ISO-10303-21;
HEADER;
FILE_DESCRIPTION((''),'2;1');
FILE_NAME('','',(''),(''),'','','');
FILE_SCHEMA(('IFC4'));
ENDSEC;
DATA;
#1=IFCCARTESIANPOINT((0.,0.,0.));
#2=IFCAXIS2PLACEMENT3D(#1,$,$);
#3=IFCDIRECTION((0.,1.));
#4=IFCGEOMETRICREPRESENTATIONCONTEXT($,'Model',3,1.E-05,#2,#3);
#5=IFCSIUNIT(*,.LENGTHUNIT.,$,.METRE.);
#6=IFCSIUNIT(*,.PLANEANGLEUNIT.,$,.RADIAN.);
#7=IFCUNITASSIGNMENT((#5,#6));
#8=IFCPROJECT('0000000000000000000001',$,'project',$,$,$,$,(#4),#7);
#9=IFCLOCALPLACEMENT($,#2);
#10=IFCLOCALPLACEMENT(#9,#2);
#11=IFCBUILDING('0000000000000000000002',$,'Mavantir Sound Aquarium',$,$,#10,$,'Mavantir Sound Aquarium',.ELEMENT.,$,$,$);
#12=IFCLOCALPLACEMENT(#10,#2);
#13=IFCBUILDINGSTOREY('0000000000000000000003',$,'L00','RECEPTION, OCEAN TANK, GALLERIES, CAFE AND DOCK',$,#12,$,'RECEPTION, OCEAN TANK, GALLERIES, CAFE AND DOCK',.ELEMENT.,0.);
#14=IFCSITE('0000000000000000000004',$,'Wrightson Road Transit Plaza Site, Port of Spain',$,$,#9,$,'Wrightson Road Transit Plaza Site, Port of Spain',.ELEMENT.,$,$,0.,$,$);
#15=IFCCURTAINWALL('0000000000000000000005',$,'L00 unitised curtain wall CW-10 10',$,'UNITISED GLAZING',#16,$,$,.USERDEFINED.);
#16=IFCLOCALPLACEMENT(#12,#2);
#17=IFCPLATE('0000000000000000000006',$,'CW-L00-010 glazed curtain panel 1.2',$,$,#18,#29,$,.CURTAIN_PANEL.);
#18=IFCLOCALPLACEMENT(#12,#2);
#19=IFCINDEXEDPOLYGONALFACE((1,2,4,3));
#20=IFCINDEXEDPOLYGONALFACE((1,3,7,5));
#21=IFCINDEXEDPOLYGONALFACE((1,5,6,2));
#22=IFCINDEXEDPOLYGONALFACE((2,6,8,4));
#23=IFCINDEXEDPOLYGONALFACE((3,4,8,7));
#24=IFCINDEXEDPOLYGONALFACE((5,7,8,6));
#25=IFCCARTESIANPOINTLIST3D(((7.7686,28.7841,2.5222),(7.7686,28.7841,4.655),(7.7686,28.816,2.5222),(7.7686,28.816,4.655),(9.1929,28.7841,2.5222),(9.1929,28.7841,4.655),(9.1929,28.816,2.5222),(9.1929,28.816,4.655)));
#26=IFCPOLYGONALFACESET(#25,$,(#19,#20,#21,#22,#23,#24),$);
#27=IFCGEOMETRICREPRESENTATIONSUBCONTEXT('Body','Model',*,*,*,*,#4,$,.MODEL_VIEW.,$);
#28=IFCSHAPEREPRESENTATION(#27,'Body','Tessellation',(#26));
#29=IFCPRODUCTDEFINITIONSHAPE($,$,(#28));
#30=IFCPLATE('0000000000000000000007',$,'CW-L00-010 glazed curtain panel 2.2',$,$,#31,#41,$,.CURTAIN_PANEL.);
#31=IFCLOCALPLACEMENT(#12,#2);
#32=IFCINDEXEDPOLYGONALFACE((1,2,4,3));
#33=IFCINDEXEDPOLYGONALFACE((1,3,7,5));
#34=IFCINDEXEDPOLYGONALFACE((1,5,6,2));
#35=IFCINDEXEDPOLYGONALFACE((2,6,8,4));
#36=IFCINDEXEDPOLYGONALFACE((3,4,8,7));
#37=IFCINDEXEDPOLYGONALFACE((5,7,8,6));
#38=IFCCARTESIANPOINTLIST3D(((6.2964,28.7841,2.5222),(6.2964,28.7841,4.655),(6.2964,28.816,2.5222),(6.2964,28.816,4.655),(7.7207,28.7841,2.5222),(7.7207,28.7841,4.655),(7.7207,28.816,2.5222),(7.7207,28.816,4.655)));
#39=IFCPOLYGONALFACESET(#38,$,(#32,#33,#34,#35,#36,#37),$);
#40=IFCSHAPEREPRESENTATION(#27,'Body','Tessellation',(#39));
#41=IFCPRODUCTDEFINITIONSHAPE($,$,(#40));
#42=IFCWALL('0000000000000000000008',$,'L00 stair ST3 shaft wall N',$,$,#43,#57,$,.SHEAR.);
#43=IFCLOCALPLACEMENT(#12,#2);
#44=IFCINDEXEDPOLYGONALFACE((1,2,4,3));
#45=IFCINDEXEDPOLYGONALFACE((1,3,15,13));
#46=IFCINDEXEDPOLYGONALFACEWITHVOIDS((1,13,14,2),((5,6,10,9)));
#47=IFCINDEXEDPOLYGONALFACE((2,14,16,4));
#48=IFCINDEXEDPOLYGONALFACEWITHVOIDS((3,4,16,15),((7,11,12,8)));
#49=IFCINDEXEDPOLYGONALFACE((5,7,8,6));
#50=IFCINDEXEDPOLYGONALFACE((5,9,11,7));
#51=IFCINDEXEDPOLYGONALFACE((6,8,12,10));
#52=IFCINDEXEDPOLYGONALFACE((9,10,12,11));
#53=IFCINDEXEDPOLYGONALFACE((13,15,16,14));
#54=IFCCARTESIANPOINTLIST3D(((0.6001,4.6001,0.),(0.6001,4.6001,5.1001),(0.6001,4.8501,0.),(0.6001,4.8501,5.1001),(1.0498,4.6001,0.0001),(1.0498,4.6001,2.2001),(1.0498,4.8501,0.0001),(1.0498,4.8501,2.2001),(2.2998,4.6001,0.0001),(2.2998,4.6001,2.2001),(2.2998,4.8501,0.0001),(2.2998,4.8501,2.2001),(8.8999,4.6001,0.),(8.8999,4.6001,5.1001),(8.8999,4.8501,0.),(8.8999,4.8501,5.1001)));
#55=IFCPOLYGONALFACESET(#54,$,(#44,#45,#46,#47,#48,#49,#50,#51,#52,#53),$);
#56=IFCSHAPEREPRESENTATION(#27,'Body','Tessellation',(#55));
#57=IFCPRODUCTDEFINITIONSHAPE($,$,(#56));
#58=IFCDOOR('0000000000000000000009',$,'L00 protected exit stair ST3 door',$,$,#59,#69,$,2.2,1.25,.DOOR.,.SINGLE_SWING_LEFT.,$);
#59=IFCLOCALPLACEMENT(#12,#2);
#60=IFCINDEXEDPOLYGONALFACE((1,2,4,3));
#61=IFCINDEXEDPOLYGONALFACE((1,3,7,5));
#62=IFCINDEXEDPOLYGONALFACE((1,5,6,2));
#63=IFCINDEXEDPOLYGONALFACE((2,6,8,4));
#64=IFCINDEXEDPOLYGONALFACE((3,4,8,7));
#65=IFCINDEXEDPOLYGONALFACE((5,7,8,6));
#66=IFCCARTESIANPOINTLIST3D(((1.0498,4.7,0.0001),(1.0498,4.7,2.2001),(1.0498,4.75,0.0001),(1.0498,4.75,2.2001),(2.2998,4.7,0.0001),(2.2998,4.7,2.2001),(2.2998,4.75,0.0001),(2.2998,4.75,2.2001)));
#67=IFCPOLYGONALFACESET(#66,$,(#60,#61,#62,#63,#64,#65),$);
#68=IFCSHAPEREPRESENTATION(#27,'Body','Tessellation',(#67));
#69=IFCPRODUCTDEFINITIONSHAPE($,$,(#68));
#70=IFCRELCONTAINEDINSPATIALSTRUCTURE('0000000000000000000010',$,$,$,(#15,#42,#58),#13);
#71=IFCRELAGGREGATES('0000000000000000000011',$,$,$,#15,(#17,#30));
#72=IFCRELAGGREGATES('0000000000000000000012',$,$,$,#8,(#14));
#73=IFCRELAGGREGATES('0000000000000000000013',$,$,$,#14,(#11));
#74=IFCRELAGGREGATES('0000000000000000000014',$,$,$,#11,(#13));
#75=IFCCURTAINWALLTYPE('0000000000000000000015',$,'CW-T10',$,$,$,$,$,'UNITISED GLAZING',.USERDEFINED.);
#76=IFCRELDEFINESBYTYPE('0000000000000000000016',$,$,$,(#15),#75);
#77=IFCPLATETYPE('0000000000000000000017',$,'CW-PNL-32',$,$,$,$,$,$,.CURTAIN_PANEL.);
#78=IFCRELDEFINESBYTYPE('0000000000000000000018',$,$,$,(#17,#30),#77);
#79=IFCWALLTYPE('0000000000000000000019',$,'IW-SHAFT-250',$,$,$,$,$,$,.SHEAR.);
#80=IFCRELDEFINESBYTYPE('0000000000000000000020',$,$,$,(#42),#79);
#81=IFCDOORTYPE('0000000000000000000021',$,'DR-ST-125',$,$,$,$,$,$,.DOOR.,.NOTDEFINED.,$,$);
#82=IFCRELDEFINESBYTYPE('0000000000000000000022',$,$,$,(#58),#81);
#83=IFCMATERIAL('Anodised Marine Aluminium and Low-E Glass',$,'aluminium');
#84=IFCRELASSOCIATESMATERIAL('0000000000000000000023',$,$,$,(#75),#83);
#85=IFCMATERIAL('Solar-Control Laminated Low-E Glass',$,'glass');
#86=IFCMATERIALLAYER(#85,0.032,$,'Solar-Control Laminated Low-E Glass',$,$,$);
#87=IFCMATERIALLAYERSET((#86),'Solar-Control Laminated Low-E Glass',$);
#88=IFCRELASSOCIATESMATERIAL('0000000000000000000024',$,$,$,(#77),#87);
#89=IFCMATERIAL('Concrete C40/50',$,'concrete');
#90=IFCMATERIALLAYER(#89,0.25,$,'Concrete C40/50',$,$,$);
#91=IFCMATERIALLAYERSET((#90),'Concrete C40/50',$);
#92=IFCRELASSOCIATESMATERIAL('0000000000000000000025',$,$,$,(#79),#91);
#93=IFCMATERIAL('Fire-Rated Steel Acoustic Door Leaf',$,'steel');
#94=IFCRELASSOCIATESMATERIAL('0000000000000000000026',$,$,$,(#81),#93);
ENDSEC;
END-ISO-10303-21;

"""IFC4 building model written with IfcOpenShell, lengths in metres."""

from ifc_helpers import new_model, si_unit, direction, frame, frame_2d, origin, origin_2d, place, context, subcontext, project, spatial, rectangle, extrude, material, layer, layer_set, type_object, element, fill, aggregate, save


model = new_model("IFC4")

# Units and contexts
model_context = context("Model", 3, precision=1e-05, world=origin(), true_north=direction((0.0, 1.0)))
body_context = subcontext(model_context, "Body", "Model", "MODEL_VIEW")
ifc_project = project(units=[si_unit("LENGTHUNIT", "METRE"), si_unit("PLANEANGLEUNIT", "RADIAN")], contexts=[model_context])

# Site, building, storey
site_placement = place(None, origin())
site = spatial("IfcSite", under=ifc_project, at=site_placement, Name="Wrightson Road Transit Plaza Site, Port of Spain", LongName="Wrightson Road Transit Plaza Site, Port of Spain", CompositionType="ELEMENT", RefElevation=0.0)
building_placement = place(site_placement, origin())
building = spatial("IfcBuilding", under=site, at=building_placement, Name="Mavantir Sound Aquarium", LongName="Mavantir Sound Aquarium", CompositionType="ELEMENT")
storey_placement = place(building_placement, origin())
storey = spatial("IfcBuildingStorey", under=building, at=storey_placement, Name="L00", Description="RECEPTION, OCEAN TANK, GALLERIES, CAFE AND DOCK", LongName="RECEPTION, OCEAN TANK, GALLERIES, CAFE AND DOCK", CompositionType="ELEMENT", Elevation=0.0)

# Shared definitions
ifc_material_1 = material(Name="Concrete C40/50", Category="concrete")

# Curtain wall, plates
ifc_material_2 = material(Name="Anodised Marine Aluminium and Low-E Glass", Category="aluminium")
curtain_wall_type = type_object("IfcCurtainWallType", Name="CW-T10", ElementType="UNITISED GLAZING", PredefinedType="USERDEFINED", material=ifc_material_2)
curtain_wall_placement = place(storey_placement, origin())
curtain_wall = element("IfcCurtainWall", 1, at=curtain_wall_placement, inside=storey, type_object=curtain_wall_type, Name="L00 unitised curtain wall CW-10 10", ObjectType="UNITISED GLAZING", PredefinedType="USERDEFINED")
ifc_material_3 = material(Name="Solar-Control Laminated Low-E Glass", Category="glass")
ifc_layer_1 = layer(ifc_material_3, 0.032, Name="Solar-Control Laminated Low-E Glass")
ifc_layer_set_1 = layer_set([ifc_layer_1], Name="Solar-Control Laminated Low-E Glass")
plate_type = type_object("IfcPlateType", Name="CW-PNL-32", PredefinedType="CURTAIN_PANEL", material=ifc_layer_set_1)
plate_1_placement = place(storey_placement, frame((8.4807, 28.8, 2.5222), z_axis=(0.0, 0.0, 1.0), x_axis=(-1.0, 0.0, 0.0)))
plate_1 = element("IfcPlate", 2, at=plate_1_placement, type_object=plate_type, Name="CW-L00-010 glazed curtain panel 1.2", PredefinedType="CURTAIN_PANEL", context=body_context, shape_type="SweptSolid", body=[
    extrude(rectangle(XDim=1.4243, YDim=0.032, at=origin_2d()), origin(), (0.0, 0.0, 1.0), 2.1328),
])
plate_2_placement = place(storey_placement, frame((7.0085, 28.8, 2.5222), z_axis=(0.0, 0.0, 1.0), x_axis=(-1.0, 0.0, 0.0)))
plate_2 = element("IfcPlate", 3, at=plate_2_placement, type_object=plate_type, Name="CW-L00-010 glazed curtain panel 2.2", PredefinedType="CURTAIN_PANEL", context=body_context, shape_type="SweptSolid", body=[
    extrude(rectangle(XDim=1.4243, YDim=0.032, at=origin_2d()), origin(), (0.0, 0.0, 1.0), 2.1328),
])
aggregate(curtain_wall, [plate_1, plate_2])

# Wall, opening, door
ifc_layer_2 = layer(ifc_material_1, 0.25, Name="Concrete C40/50")
ifc_layer_set_2 = layer_set([ifc_layer_2], Name="Concrete C40/50")
wall_type = type_object("IfcWallType", Name="IW-SHAFT-250", PredefinedType="SHEAR", material=ifc_layer_set_2)
wall_placement = place(storey_placement, frame((8.8999, 4.7251, 0.0), z_axis=(0.0, 0.0, 1.0), x_axis=(-1.0, 0.0, 0.0)))
wall = element("IfcWall", 4, at=wall_placement, inside=storey, type_object=wall_type, Name="L00 stair ST3 shaft wall N", PredefinedType="SHEAR", context=body_context, shape_type="SweptSolid", body=[
    extrude(rectangle(XDim=8.2998, YDim=0.25, at=frame_2d((4.1499, 0.0))), origin(), (0.0, 0.0, 1.0), 5.1001),
])
opening_placement = place(wall_placement, frame((7.8501, 0.0, 0.0), z_axis=(0.0, 0.0, 1.0), x_axis=(-1.0, 0.0, 0.0)))
opening = element("IfcOpeningElement", 5, at=opening_placement, cuts=wall, PredefinedType="OPENING", context=body_context, shape_type="SweptSolid", body=[
    extrude(rectangle(XDim=1.25, YDim=2.2, at=frame_2d((0.625, 1.1001))), frame((0.0, 0.135, 0.0), z_axis=(0.0, -1.0, 0.0), x_axis=(1.0, 0.0, 0.0)), (0.0, 0.0, 1.0), 0.27),
])
ifc_material_4 = material(Name="Fire-Rated Steel Acoustic Door Leaf", Category="steel")
door_type = type_object("IfcDoorType", Name="DR-ST-125", OperationType="NOTDEFINED", PredefinedType="DOOR", material=ifc_material_4)
door_placement = place(opening_placement, origin())
door = element("IfcDoor", 6, at=door_placement, inside=storey, type_object=door_type, Name="L00 protected exit stair ST3 door", OperationType="SINGLE_SWING_LEFT", OverallHeight=2.2, OverallWidth=1.25, PredefinedType="DOOR", context=body_context, shape_type="SweptSolid", body=[
    extrude(rectangle(XDim=1.25, YDim=2.2, at=frame_2d((0.625, 1.1001))), frame((0.0, 0.0249, 0.0), z_axis=(0.0, -1.0, 0.0), x_axis=(1.0, 0.0, 0.0)), (0.0, 0.0, 1.0), 0.05),
])
fill(opening, door)

save(model, "model.ifc")
